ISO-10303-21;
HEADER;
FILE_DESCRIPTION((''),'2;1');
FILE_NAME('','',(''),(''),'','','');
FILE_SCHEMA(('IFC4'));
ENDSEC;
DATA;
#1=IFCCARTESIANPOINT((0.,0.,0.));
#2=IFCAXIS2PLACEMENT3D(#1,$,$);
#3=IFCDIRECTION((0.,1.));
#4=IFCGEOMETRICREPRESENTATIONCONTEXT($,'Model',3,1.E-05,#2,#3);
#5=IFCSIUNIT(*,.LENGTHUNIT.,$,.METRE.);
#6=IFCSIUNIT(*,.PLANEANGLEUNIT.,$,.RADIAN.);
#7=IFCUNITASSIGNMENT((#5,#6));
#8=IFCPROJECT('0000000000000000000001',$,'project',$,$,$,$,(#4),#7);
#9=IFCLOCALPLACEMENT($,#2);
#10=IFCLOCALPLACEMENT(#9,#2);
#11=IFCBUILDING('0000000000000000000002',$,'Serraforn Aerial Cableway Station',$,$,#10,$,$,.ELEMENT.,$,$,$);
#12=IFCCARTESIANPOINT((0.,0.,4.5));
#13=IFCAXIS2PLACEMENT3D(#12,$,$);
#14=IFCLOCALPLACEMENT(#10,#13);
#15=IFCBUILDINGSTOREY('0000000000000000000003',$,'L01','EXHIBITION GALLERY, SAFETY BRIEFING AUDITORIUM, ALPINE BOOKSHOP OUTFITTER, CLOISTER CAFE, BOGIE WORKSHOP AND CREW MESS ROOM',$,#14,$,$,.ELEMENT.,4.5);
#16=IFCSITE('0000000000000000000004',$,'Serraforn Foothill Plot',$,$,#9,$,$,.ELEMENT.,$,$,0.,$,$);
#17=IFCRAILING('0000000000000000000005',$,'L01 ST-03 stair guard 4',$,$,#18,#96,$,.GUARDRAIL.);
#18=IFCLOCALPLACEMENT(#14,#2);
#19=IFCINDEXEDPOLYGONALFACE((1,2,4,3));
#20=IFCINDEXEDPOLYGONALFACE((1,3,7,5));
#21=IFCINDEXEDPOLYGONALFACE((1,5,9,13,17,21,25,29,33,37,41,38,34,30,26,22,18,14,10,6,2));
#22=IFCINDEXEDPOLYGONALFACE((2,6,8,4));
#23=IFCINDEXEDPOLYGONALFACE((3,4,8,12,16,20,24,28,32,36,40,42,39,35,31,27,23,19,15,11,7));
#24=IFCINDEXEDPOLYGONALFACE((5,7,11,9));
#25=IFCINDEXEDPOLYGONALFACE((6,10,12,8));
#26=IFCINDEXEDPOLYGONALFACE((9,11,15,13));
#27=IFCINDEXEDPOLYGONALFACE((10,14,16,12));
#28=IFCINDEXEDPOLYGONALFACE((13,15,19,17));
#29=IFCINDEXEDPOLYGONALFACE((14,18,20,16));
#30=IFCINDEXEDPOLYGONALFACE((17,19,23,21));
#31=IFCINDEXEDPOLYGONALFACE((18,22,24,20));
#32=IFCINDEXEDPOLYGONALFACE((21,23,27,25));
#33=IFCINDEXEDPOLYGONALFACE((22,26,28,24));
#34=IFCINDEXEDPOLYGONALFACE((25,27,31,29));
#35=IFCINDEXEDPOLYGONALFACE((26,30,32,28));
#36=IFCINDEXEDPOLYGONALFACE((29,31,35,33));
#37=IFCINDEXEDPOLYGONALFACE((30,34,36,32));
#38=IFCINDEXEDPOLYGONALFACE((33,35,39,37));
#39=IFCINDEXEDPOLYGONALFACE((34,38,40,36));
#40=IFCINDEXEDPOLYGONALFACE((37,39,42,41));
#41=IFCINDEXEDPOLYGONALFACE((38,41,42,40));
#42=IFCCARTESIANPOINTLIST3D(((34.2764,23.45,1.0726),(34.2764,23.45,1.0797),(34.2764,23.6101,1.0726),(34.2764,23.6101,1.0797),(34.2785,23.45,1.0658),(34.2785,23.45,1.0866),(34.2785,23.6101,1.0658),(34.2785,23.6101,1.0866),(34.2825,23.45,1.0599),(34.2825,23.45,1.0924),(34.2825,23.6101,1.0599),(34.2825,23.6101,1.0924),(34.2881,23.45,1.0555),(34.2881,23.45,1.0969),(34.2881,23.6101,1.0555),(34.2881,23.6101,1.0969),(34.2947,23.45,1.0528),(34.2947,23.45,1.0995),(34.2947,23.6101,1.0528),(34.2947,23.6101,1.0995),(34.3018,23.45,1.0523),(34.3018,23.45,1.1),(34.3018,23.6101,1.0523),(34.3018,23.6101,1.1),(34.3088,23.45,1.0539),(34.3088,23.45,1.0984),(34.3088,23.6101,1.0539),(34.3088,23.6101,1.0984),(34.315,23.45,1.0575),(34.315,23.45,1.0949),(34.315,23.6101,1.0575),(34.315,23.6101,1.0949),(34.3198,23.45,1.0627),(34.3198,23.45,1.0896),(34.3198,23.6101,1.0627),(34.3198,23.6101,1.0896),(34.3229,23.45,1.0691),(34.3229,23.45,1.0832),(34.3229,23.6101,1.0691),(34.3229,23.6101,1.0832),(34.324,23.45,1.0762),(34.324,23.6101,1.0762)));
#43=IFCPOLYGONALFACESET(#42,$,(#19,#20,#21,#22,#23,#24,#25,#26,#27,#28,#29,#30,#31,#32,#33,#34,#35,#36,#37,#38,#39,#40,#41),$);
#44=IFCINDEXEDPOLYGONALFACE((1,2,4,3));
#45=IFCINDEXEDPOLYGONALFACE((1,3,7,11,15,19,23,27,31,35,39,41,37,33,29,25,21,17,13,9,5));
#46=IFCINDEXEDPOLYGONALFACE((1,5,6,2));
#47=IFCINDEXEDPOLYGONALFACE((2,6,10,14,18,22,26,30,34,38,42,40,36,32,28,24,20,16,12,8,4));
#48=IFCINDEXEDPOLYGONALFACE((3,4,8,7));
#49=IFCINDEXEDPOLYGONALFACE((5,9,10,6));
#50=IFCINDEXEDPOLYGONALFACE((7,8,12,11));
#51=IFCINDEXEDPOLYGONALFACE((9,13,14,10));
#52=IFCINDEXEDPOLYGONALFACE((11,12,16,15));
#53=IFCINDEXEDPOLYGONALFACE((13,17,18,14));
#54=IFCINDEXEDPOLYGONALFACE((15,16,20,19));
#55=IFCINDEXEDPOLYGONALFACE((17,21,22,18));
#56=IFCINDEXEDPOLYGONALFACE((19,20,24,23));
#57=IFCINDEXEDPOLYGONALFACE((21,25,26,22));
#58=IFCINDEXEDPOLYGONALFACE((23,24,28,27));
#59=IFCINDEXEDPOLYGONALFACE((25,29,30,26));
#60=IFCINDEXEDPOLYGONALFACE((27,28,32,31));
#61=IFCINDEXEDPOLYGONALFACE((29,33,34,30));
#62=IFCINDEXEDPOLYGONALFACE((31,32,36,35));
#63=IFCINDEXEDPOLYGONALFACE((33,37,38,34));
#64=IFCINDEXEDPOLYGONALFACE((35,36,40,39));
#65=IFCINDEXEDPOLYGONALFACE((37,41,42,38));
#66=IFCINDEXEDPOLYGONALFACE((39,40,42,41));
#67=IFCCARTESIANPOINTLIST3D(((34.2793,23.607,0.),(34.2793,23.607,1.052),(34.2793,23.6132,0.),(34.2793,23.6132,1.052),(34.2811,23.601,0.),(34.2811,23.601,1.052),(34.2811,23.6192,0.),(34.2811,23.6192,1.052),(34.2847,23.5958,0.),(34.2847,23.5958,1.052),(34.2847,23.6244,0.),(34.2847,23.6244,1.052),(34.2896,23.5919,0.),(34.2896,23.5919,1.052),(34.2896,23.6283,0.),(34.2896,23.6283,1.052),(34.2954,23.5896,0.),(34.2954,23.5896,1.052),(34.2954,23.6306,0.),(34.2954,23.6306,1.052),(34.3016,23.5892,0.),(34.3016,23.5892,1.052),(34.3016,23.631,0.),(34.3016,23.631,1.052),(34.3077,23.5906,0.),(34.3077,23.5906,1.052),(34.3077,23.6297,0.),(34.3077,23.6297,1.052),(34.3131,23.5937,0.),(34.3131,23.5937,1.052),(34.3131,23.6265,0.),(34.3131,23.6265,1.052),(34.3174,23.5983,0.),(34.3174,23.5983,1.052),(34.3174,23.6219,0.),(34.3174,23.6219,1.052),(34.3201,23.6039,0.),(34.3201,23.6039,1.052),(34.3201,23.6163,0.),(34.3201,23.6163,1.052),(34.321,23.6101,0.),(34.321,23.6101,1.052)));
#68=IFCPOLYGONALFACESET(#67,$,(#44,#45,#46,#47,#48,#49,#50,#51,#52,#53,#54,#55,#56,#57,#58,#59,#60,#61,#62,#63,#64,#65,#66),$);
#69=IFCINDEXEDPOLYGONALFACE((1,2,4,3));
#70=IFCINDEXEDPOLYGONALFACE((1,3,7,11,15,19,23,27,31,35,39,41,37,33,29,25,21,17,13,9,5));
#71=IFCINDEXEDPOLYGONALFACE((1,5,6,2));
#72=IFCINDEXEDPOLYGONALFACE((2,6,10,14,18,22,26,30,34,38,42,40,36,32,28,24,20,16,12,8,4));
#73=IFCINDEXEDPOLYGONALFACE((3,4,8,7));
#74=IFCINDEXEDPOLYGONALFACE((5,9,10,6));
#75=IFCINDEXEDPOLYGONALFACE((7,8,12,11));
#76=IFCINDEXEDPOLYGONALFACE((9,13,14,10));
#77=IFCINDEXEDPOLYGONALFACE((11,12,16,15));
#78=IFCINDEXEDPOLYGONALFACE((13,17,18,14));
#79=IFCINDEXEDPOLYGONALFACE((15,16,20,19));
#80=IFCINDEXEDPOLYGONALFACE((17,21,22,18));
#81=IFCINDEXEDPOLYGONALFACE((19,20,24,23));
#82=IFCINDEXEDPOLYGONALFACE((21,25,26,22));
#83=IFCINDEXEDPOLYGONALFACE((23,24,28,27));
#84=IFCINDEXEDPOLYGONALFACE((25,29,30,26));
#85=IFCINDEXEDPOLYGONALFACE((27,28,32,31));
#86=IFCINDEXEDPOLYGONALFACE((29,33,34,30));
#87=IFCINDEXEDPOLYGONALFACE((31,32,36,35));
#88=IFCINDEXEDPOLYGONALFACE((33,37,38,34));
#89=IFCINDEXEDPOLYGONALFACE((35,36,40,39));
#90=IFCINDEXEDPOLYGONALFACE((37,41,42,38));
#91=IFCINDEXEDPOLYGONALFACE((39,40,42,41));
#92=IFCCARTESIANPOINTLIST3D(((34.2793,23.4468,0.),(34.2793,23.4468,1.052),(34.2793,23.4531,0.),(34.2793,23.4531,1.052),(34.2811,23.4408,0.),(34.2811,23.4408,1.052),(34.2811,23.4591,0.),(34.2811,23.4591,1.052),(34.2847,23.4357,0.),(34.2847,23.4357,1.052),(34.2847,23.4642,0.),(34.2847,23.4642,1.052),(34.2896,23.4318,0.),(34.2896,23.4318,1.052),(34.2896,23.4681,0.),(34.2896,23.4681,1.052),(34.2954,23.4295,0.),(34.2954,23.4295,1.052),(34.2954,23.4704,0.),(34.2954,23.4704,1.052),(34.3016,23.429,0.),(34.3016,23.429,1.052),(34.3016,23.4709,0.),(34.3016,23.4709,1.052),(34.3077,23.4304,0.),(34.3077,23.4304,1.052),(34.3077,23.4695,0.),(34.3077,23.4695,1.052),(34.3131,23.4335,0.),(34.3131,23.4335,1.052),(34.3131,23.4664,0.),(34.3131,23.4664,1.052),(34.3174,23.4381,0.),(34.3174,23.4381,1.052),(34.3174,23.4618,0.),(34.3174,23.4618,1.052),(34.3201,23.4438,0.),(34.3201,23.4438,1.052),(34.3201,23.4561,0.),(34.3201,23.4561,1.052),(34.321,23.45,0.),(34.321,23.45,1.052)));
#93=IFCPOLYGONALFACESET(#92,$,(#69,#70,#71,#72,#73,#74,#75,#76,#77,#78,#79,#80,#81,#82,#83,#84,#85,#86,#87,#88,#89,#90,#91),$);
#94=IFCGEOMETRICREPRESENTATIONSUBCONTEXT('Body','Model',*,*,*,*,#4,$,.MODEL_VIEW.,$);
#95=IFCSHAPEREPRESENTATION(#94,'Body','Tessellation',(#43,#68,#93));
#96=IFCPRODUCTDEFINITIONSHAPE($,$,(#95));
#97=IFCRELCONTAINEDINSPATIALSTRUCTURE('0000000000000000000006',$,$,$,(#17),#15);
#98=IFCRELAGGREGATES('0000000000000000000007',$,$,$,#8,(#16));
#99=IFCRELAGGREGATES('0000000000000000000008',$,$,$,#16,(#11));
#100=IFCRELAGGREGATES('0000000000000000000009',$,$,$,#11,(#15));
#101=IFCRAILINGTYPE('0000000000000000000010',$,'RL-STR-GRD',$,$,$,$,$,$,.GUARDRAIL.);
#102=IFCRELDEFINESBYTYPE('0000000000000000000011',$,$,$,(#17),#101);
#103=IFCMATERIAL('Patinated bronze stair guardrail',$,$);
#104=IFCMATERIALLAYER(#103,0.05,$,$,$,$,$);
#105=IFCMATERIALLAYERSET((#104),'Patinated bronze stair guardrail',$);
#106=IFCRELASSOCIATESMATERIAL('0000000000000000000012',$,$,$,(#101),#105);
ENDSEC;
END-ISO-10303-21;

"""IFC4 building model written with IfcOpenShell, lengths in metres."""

from ifc_helpers import new_model, si_unit, direction, frame, origin, origin_2d, place, context, subcontext, project, spatial, circle, extrude, material, layer, layer_set, type_object, element, save


model = new_model("IFC4")

# Units and contexts
model_context = context("Model", 3, precision=1e-05, world=origin(), true_north=direction((0.0, 1.0)))
body_context = subcontext(model_context, "Body", "Model", "MODEL_VIEW")
ifc_project = project(units=[si_unit("LENGTHUNIT", "METRE"), si_unit("PLANEANGLEUNIT", "RADIAN")], contexts=[model_context])

# Site, building, storey
site_placement = place(None, origin())
site = spatial("IfcSite", under=ifc_project, at=site_placement, Name="Serraforn Foothill Plot", CompositionType="ELEMENT", RefElevation=0.0)
building_placement = place(site_placement, origin())
building = spatial("IfcBuilding", under=site, at=building_placement, Name="Serraforn Aerial Cableway Station", CompositionType="ELEMENT")
storey_placement = place(building_placement, frame((0.0, 0.0, 4.5)))
storey = spatial("IfcBuildingStorey", under=building, at=storey_placement, Name="L01", Description="EXHIBITION GALLERY, SAFETY BRIEFING AUDITORIUM, ALPINE BOOKSHOP OUTFITTER, CLOISTER CAFE, BOGIE WORKSHOP AND CREW MESS ROOM", CompositionType="ELEMENT", Elevation=4.5)

# Railing
ifc_material_1 = material(Name="Patinated bronze stair guardrail")
ifc_layer_1 = layer(ifc_material_1, 0.05)
ifc_layer_set_1 = layer_set([ifc_layer_1], Name="Patinated bronze stair guardrail")
railing_type_1 = type_object("IfcRailingType", Name="RL-STR-GRD", PredefinedType="GUARDRAIL", material=ifc_layer_set_1)
railing_1_placement = place(storey_placement, frame((34.3, 23.6101, 0.0)))
element("IfcRailing", 1, at=railing_1_placement, inside=storey, type_object=railing_type_1, Name="L01 ST-03 stair guard 4", PredefinedType="GUARDRAIL", context=body_context, shape_type="SweptSolid", body=[
    extrude(circle(Radius=0.0239, at=origin_2d()), frame((0.0, 0.0, 1.0762), z_axis=(0.0, -1.0, 0.0), x_axis=(1.0, 0.0, 0.0)), (0.0, 0.0, 1.0), 0.1602),
    extrude(circle(Radius=0.021, at=origin_2d()), origin(), (0.0, 0.0, 1.0), 1.052),
    extrude(circle(Radius=0.021, at=origin_2d()), frame((0.0, -0.1602, 0.0)), (0.0, 0.0, 1.0), 1.052),
])

save(model, "model.ifc")
